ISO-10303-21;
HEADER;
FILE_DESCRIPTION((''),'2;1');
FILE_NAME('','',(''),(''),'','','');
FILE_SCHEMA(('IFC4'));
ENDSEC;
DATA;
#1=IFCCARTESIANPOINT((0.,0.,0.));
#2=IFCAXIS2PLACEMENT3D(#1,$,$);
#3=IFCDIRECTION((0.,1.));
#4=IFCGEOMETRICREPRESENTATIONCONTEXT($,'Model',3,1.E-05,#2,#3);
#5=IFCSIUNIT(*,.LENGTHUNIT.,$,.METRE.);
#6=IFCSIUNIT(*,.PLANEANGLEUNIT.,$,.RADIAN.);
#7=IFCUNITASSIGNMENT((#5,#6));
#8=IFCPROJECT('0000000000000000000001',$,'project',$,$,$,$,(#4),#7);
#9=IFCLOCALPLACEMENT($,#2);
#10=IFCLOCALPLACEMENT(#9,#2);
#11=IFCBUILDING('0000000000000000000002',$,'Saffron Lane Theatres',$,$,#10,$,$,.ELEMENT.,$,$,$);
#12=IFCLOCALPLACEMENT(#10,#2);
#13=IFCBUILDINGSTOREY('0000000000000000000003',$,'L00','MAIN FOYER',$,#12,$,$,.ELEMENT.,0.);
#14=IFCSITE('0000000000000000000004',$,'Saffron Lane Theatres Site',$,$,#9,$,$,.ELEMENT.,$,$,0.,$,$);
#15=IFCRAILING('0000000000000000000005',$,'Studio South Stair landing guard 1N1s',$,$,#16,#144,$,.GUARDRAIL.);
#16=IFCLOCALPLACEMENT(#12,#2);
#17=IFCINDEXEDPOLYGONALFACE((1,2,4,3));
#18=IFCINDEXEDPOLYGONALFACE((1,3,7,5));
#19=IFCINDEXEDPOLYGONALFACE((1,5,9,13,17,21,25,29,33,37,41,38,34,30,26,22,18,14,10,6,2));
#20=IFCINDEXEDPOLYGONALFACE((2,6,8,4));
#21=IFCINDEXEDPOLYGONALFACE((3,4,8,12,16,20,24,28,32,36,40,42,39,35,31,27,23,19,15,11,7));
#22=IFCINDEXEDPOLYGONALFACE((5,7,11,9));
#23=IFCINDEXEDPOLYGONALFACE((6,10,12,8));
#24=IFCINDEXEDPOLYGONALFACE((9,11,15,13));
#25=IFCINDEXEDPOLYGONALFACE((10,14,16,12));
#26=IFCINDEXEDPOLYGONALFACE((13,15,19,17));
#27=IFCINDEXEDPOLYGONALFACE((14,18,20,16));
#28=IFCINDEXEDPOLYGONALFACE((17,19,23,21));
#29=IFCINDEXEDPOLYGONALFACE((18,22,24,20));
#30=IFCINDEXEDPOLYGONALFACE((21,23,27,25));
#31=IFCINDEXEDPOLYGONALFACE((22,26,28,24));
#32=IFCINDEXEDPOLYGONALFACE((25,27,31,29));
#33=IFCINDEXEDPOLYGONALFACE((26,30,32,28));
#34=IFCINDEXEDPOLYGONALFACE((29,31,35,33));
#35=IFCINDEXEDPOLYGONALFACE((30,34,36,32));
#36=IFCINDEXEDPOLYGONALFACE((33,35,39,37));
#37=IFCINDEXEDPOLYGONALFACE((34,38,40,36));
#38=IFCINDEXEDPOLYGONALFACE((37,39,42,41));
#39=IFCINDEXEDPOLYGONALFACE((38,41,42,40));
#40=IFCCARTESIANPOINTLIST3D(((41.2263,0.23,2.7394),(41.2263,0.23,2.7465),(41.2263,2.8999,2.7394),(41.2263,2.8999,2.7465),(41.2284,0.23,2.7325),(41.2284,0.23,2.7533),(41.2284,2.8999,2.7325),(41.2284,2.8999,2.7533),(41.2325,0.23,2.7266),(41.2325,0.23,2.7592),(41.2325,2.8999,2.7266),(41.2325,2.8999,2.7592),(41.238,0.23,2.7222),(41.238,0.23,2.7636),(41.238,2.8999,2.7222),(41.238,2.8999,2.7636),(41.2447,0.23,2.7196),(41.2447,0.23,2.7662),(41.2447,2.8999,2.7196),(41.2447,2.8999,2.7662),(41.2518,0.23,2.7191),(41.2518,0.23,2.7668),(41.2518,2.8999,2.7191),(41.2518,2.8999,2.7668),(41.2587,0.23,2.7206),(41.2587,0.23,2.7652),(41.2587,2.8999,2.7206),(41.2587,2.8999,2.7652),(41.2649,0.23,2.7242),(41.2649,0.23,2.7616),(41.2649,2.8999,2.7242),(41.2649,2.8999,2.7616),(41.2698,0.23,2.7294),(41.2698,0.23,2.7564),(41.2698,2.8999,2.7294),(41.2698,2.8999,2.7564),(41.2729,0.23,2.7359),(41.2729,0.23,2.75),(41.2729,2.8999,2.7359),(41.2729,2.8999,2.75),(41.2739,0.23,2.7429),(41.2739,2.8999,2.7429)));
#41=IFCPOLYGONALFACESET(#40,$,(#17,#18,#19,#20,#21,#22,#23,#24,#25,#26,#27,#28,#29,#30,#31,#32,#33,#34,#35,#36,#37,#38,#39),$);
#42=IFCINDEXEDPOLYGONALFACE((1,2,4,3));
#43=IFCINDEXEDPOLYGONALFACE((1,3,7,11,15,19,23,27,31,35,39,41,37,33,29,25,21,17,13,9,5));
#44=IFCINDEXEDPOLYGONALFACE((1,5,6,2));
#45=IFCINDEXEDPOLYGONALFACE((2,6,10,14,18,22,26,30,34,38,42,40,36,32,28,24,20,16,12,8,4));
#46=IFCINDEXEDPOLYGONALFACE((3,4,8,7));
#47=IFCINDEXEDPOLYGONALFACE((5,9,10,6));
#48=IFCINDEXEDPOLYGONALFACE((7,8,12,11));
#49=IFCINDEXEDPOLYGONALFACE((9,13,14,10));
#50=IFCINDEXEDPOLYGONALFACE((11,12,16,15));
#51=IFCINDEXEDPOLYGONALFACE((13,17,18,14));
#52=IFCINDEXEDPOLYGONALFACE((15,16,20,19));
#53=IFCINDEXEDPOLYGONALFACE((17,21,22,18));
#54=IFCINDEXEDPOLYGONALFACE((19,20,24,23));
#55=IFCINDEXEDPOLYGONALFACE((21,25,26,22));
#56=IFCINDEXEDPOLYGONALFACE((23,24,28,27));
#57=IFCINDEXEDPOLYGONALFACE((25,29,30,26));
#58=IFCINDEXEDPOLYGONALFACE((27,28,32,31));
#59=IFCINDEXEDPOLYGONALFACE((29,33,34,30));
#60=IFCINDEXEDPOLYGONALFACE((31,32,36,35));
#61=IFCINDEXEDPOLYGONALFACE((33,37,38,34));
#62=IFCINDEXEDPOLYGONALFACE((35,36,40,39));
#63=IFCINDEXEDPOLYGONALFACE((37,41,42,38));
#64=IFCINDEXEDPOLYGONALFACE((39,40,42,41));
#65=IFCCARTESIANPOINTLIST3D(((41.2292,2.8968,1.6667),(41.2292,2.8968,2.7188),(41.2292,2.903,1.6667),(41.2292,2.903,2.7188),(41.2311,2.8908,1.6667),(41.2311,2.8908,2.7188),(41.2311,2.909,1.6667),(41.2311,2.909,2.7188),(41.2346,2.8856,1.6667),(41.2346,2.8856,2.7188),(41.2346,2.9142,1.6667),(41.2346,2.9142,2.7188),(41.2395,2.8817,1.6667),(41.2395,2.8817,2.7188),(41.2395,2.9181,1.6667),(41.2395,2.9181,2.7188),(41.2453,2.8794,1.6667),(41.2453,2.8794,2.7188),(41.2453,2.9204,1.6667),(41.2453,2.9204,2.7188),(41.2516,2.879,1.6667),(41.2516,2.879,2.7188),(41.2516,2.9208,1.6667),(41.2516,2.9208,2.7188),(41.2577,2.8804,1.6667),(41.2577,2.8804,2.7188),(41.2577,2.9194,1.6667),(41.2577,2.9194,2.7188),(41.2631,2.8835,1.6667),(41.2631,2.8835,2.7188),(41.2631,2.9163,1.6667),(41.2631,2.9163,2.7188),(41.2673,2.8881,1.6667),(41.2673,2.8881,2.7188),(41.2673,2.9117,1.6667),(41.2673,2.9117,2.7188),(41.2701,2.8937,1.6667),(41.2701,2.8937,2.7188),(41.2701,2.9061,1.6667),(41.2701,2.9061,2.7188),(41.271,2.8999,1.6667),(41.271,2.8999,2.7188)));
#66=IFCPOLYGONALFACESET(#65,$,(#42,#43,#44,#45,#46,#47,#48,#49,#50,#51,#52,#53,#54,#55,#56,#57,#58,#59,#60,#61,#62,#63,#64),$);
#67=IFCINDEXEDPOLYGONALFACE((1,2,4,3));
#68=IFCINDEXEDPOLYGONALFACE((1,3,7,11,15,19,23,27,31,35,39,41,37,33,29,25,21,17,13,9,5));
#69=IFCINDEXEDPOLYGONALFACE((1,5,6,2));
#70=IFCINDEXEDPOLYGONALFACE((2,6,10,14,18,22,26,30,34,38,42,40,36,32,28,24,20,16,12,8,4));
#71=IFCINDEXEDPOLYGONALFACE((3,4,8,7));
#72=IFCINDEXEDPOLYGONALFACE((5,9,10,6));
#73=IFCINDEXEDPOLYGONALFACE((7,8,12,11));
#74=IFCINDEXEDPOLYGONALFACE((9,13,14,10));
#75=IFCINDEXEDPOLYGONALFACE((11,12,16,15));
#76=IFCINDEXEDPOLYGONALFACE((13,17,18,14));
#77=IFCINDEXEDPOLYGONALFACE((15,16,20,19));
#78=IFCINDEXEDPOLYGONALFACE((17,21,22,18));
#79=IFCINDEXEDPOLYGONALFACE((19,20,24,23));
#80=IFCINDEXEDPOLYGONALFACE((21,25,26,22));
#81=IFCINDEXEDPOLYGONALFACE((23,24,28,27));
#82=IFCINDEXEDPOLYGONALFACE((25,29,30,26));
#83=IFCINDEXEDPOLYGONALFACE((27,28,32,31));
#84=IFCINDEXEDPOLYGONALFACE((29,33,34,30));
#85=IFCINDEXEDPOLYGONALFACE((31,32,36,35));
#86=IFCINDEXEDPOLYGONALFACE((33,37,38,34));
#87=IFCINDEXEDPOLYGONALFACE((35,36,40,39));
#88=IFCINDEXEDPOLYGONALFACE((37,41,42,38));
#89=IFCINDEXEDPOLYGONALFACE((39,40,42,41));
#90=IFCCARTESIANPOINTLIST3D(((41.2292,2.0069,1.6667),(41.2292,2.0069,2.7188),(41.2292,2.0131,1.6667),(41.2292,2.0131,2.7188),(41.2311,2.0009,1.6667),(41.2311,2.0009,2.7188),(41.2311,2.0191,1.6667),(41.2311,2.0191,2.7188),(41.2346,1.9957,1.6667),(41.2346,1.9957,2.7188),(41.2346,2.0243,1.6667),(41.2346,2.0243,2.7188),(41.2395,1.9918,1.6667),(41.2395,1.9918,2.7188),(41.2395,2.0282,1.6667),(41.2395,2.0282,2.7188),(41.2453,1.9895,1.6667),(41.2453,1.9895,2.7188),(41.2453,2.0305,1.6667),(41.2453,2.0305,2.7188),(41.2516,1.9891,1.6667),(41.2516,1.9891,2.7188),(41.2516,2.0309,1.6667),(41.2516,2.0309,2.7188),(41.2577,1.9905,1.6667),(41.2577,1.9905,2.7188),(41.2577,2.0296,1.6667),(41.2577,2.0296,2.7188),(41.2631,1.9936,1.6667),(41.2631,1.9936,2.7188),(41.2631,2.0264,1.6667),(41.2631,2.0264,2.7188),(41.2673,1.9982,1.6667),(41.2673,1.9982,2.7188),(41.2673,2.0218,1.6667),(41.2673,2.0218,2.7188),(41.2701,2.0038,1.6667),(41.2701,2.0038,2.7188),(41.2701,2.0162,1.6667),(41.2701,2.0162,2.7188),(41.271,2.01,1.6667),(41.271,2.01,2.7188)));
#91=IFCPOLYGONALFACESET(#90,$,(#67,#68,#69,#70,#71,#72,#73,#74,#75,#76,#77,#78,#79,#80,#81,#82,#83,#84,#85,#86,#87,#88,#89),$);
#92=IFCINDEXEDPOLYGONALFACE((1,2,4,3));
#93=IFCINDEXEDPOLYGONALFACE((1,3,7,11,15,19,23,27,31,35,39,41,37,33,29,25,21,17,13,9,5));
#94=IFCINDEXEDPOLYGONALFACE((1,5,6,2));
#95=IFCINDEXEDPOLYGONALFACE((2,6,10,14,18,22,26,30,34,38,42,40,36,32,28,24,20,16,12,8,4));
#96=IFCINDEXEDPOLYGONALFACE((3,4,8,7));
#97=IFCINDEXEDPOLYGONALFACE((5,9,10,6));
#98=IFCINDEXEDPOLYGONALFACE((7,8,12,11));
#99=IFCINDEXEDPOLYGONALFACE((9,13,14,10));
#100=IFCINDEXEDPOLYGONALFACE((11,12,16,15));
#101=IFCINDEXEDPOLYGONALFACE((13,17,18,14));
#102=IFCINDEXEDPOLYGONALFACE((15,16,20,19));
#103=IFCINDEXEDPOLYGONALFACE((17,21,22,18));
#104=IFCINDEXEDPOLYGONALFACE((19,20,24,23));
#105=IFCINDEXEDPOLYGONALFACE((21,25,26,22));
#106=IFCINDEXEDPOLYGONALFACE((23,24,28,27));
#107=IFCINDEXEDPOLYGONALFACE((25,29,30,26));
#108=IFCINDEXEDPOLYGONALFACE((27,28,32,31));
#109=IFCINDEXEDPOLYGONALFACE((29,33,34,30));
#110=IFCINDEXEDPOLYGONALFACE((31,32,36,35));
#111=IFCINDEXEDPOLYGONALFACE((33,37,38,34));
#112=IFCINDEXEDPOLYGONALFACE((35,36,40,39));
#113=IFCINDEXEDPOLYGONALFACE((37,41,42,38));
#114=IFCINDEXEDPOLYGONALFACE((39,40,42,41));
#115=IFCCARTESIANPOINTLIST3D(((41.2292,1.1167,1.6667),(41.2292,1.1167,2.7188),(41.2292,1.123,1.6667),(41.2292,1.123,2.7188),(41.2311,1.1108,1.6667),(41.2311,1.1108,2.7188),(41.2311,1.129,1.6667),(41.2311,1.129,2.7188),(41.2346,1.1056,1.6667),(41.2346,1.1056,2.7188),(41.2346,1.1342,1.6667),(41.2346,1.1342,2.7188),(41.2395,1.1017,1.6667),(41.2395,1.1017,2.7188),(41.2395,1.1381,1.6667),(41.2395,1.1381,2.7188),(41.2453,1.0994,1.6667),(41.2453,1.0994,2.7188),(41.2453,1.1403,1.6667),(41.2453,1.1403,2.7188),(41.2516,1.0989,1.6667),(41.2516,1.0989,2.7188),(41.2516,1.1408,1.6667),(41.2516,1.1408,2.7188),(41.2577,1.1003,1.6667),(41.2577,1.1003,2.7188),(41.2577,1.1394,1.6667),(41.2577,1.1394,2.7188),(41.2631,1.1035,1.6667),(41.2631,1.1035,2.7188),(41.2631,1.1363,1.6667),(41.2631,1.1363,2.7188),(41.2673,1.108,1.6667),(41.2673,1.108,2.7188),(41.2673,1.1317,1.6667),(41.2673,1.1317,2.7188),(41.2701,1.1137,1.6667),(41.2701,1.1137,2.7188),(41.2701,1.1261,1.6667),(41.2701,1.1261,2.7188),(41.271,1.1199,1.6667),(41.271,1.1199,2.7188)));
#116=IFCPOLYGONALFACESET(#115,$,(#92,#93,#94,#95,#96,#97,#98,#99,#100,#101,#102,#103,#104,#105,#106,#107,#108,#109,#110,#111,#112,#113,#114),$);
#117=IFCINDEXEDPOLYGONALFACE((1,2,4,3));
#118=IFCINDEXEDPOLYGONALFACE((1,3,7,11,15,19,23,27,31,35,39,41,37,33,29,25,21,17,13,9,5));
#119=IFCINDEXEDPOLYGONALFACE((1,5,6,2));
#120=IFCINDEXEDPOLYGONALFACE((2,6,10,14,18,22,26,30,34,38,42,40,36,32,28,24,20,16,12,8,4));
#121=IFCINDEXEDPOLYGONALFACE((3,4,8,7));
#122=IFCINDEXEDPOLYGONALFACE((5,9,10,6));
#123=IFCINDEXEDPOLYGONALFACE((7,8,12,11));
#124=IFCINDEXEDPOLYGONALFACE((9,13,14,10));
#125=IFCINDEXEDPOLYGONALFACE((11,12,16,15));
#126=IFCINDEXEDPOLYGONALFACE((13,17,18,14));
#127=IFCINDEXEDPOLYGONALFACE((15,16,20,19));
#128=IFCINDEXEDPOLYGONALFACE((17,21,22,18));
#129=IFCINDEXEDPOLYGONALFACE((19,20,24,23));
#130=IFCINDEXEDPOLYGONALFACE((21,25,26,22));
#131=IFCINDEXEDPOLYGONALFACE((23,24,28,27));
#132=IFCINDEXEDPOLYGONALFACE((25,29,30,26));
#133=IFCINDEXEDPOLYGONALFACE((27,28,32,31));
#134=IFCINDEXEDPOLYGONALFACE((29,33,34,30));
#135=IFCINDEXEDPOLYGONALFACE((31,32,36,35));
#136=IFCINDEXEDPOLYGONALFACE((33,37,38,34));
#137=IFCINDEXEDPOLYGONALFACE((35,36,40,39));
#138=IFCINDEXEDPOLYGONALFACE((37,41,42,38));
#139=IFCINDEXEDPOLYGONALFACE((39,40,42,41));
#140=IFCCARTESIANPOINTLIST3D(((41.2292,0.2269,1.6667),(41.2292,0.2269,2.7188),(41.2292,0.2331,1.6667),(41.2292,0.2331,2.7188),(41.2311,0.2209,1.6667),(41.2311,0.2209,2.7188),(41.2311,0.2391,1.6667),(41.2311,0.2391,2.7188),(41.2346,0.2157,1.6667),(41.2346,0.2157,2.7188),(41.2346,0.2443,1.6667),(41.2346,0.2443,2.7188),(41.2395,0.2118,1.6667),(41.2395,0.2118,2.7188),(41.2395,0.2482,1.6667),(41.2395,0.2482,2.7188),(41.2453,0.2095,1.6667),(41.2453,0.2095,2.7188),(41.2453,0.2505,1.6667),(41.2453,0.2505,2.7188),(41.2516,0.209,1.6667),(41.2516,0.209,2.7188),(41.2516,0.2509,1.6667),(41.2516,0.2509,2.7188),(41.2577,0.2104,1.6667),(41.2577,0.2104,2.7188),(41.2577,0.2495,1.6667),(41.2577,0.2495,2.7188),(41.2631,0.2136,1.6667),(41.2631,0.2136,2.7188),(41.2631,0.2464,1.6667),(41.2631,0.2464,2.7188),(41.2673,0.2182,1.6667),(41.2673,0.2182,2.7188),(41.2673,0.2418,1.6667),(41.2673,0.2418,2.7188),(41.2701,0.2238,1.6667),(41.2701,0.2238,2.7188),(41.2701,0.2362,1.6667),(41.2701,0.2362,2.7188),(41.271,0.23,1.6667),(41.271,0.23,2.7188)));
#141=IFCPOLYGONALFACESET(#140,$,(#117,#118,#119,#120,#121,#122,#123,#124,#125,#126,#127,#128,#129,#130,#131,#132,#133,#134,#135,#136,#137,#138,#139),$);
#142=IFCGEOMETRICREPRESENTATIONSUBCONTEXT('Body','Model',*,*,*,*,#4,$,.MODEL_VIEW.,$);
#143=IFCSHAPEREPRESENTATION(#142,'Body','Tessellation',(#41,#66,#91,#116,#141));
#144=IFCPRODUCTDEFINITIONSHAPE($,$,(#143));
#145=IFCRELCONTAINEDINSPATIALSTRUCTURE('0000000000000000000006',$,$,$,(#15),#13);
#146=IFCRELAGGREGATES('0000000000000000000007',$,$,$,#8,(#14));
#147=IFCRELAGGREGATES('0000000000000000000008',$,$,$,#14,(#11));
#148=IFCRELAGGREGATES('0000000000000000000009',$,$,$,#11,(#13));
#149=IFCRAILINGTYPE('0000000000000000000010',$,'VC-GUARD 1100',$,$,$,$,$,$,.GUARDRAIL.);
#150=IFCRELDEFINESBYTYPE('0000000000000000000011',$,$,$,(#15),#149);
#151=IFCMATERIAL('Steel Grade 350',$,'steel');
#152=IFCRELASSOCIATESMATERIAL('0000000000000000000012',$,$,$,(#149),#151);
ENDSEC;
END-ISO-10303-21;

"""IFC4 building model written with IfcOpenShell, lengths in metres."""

from ifc_helpers import new_model, si_unit, direction, frame, origin, origin_2d, place, context, subcontext, project, spatial, circle, extrude, material, type_object, element, save


model = new_model("IFC4")

# Units and contexts
model_context = context("Model", 3, precision=1e-05, world=origin(), true_north=direction((0.0, 1.0)))
body_context = subcontext(model_context, "Body", "Model", "MODEL_VIEW")
ifc_project = project(units=[si_unit("LENGTHUNIT", "METRE"), si_unit("PLANEANGLEUNIT", "RADIAN")], contexts=[model_context])

# Site, building, storey
site_placement = place(None, origin())
site = spatial("IfcSite", under=ifc_project, at=site_placement, Name="Saffron Lane Theatres Site", CompositionType="ELEMENT", RefElevation=0.0)
building_placement = place(site_placement, origin())
building = spatial("IfcBuilding", under=site, at=building_placement, Name="Saffron Lane Theatres", CompositionType="ELEMENT")
storey_placement = place(building_placement, origin())
storey = spatial("IfcBuildingStorey", under=building, at=storey_placement, Name="L00", Description="MAIN FOYER", CompositionType="ELEMENT", Elevation=0.0)

# Railing
ifc_material_1 = material(Name="Steel Grade 350", Category="steel")
railing_type_1 = type_object("IfcRailingType", Name="VC-GUARD 1100", PredefinedType="GUARDRAIL", material=ifc_material_1)
railing_1_placement = place(storey_placement, frame((41.25, 2.8999, 1.6667)))
element("IfcRailing", 1, at=railing_1_placement, inside=storey, type_object=railing_type_1, Name="Studio South Stair landing guard 1N1s", PredefinedType="GUARDRAIL", context=body_context, shape_type="SweptSolid", body=[
    extrude(circle(Radius=0.0239, at=origin_2d()), frame((0.0, 0.0, 1.0762), z_axis=(0.0, -1.0, 0.0), x_axis=(1.0, 0.0, 0.0)), (0.0, 0.0, 1.0), 2.6699),
    extrude(circle(Radius=0.021, at=origin_2d()), origin(), (0.0, 0.0, 1.0), 1.052),
    extrude(circle(Radius=0.021, at=origin_2d()), frame((0.0, -0.8899, 0.0)), (0.0, 0.0, 1.0), 1.052),
    extrude(circle(Radius=0.021, at=origin_2d()), frame((0.0, -1.78, 0.0)), (0.0, 0.0, 1.0), 1.052),
    extrude(circle(Radius=0.021, at=origin_2d()), frame((0.0, -2.6699, 0.0)), (0.0, 0.0, 1.0), 1.052),
])

save(model, "model.ifc")
